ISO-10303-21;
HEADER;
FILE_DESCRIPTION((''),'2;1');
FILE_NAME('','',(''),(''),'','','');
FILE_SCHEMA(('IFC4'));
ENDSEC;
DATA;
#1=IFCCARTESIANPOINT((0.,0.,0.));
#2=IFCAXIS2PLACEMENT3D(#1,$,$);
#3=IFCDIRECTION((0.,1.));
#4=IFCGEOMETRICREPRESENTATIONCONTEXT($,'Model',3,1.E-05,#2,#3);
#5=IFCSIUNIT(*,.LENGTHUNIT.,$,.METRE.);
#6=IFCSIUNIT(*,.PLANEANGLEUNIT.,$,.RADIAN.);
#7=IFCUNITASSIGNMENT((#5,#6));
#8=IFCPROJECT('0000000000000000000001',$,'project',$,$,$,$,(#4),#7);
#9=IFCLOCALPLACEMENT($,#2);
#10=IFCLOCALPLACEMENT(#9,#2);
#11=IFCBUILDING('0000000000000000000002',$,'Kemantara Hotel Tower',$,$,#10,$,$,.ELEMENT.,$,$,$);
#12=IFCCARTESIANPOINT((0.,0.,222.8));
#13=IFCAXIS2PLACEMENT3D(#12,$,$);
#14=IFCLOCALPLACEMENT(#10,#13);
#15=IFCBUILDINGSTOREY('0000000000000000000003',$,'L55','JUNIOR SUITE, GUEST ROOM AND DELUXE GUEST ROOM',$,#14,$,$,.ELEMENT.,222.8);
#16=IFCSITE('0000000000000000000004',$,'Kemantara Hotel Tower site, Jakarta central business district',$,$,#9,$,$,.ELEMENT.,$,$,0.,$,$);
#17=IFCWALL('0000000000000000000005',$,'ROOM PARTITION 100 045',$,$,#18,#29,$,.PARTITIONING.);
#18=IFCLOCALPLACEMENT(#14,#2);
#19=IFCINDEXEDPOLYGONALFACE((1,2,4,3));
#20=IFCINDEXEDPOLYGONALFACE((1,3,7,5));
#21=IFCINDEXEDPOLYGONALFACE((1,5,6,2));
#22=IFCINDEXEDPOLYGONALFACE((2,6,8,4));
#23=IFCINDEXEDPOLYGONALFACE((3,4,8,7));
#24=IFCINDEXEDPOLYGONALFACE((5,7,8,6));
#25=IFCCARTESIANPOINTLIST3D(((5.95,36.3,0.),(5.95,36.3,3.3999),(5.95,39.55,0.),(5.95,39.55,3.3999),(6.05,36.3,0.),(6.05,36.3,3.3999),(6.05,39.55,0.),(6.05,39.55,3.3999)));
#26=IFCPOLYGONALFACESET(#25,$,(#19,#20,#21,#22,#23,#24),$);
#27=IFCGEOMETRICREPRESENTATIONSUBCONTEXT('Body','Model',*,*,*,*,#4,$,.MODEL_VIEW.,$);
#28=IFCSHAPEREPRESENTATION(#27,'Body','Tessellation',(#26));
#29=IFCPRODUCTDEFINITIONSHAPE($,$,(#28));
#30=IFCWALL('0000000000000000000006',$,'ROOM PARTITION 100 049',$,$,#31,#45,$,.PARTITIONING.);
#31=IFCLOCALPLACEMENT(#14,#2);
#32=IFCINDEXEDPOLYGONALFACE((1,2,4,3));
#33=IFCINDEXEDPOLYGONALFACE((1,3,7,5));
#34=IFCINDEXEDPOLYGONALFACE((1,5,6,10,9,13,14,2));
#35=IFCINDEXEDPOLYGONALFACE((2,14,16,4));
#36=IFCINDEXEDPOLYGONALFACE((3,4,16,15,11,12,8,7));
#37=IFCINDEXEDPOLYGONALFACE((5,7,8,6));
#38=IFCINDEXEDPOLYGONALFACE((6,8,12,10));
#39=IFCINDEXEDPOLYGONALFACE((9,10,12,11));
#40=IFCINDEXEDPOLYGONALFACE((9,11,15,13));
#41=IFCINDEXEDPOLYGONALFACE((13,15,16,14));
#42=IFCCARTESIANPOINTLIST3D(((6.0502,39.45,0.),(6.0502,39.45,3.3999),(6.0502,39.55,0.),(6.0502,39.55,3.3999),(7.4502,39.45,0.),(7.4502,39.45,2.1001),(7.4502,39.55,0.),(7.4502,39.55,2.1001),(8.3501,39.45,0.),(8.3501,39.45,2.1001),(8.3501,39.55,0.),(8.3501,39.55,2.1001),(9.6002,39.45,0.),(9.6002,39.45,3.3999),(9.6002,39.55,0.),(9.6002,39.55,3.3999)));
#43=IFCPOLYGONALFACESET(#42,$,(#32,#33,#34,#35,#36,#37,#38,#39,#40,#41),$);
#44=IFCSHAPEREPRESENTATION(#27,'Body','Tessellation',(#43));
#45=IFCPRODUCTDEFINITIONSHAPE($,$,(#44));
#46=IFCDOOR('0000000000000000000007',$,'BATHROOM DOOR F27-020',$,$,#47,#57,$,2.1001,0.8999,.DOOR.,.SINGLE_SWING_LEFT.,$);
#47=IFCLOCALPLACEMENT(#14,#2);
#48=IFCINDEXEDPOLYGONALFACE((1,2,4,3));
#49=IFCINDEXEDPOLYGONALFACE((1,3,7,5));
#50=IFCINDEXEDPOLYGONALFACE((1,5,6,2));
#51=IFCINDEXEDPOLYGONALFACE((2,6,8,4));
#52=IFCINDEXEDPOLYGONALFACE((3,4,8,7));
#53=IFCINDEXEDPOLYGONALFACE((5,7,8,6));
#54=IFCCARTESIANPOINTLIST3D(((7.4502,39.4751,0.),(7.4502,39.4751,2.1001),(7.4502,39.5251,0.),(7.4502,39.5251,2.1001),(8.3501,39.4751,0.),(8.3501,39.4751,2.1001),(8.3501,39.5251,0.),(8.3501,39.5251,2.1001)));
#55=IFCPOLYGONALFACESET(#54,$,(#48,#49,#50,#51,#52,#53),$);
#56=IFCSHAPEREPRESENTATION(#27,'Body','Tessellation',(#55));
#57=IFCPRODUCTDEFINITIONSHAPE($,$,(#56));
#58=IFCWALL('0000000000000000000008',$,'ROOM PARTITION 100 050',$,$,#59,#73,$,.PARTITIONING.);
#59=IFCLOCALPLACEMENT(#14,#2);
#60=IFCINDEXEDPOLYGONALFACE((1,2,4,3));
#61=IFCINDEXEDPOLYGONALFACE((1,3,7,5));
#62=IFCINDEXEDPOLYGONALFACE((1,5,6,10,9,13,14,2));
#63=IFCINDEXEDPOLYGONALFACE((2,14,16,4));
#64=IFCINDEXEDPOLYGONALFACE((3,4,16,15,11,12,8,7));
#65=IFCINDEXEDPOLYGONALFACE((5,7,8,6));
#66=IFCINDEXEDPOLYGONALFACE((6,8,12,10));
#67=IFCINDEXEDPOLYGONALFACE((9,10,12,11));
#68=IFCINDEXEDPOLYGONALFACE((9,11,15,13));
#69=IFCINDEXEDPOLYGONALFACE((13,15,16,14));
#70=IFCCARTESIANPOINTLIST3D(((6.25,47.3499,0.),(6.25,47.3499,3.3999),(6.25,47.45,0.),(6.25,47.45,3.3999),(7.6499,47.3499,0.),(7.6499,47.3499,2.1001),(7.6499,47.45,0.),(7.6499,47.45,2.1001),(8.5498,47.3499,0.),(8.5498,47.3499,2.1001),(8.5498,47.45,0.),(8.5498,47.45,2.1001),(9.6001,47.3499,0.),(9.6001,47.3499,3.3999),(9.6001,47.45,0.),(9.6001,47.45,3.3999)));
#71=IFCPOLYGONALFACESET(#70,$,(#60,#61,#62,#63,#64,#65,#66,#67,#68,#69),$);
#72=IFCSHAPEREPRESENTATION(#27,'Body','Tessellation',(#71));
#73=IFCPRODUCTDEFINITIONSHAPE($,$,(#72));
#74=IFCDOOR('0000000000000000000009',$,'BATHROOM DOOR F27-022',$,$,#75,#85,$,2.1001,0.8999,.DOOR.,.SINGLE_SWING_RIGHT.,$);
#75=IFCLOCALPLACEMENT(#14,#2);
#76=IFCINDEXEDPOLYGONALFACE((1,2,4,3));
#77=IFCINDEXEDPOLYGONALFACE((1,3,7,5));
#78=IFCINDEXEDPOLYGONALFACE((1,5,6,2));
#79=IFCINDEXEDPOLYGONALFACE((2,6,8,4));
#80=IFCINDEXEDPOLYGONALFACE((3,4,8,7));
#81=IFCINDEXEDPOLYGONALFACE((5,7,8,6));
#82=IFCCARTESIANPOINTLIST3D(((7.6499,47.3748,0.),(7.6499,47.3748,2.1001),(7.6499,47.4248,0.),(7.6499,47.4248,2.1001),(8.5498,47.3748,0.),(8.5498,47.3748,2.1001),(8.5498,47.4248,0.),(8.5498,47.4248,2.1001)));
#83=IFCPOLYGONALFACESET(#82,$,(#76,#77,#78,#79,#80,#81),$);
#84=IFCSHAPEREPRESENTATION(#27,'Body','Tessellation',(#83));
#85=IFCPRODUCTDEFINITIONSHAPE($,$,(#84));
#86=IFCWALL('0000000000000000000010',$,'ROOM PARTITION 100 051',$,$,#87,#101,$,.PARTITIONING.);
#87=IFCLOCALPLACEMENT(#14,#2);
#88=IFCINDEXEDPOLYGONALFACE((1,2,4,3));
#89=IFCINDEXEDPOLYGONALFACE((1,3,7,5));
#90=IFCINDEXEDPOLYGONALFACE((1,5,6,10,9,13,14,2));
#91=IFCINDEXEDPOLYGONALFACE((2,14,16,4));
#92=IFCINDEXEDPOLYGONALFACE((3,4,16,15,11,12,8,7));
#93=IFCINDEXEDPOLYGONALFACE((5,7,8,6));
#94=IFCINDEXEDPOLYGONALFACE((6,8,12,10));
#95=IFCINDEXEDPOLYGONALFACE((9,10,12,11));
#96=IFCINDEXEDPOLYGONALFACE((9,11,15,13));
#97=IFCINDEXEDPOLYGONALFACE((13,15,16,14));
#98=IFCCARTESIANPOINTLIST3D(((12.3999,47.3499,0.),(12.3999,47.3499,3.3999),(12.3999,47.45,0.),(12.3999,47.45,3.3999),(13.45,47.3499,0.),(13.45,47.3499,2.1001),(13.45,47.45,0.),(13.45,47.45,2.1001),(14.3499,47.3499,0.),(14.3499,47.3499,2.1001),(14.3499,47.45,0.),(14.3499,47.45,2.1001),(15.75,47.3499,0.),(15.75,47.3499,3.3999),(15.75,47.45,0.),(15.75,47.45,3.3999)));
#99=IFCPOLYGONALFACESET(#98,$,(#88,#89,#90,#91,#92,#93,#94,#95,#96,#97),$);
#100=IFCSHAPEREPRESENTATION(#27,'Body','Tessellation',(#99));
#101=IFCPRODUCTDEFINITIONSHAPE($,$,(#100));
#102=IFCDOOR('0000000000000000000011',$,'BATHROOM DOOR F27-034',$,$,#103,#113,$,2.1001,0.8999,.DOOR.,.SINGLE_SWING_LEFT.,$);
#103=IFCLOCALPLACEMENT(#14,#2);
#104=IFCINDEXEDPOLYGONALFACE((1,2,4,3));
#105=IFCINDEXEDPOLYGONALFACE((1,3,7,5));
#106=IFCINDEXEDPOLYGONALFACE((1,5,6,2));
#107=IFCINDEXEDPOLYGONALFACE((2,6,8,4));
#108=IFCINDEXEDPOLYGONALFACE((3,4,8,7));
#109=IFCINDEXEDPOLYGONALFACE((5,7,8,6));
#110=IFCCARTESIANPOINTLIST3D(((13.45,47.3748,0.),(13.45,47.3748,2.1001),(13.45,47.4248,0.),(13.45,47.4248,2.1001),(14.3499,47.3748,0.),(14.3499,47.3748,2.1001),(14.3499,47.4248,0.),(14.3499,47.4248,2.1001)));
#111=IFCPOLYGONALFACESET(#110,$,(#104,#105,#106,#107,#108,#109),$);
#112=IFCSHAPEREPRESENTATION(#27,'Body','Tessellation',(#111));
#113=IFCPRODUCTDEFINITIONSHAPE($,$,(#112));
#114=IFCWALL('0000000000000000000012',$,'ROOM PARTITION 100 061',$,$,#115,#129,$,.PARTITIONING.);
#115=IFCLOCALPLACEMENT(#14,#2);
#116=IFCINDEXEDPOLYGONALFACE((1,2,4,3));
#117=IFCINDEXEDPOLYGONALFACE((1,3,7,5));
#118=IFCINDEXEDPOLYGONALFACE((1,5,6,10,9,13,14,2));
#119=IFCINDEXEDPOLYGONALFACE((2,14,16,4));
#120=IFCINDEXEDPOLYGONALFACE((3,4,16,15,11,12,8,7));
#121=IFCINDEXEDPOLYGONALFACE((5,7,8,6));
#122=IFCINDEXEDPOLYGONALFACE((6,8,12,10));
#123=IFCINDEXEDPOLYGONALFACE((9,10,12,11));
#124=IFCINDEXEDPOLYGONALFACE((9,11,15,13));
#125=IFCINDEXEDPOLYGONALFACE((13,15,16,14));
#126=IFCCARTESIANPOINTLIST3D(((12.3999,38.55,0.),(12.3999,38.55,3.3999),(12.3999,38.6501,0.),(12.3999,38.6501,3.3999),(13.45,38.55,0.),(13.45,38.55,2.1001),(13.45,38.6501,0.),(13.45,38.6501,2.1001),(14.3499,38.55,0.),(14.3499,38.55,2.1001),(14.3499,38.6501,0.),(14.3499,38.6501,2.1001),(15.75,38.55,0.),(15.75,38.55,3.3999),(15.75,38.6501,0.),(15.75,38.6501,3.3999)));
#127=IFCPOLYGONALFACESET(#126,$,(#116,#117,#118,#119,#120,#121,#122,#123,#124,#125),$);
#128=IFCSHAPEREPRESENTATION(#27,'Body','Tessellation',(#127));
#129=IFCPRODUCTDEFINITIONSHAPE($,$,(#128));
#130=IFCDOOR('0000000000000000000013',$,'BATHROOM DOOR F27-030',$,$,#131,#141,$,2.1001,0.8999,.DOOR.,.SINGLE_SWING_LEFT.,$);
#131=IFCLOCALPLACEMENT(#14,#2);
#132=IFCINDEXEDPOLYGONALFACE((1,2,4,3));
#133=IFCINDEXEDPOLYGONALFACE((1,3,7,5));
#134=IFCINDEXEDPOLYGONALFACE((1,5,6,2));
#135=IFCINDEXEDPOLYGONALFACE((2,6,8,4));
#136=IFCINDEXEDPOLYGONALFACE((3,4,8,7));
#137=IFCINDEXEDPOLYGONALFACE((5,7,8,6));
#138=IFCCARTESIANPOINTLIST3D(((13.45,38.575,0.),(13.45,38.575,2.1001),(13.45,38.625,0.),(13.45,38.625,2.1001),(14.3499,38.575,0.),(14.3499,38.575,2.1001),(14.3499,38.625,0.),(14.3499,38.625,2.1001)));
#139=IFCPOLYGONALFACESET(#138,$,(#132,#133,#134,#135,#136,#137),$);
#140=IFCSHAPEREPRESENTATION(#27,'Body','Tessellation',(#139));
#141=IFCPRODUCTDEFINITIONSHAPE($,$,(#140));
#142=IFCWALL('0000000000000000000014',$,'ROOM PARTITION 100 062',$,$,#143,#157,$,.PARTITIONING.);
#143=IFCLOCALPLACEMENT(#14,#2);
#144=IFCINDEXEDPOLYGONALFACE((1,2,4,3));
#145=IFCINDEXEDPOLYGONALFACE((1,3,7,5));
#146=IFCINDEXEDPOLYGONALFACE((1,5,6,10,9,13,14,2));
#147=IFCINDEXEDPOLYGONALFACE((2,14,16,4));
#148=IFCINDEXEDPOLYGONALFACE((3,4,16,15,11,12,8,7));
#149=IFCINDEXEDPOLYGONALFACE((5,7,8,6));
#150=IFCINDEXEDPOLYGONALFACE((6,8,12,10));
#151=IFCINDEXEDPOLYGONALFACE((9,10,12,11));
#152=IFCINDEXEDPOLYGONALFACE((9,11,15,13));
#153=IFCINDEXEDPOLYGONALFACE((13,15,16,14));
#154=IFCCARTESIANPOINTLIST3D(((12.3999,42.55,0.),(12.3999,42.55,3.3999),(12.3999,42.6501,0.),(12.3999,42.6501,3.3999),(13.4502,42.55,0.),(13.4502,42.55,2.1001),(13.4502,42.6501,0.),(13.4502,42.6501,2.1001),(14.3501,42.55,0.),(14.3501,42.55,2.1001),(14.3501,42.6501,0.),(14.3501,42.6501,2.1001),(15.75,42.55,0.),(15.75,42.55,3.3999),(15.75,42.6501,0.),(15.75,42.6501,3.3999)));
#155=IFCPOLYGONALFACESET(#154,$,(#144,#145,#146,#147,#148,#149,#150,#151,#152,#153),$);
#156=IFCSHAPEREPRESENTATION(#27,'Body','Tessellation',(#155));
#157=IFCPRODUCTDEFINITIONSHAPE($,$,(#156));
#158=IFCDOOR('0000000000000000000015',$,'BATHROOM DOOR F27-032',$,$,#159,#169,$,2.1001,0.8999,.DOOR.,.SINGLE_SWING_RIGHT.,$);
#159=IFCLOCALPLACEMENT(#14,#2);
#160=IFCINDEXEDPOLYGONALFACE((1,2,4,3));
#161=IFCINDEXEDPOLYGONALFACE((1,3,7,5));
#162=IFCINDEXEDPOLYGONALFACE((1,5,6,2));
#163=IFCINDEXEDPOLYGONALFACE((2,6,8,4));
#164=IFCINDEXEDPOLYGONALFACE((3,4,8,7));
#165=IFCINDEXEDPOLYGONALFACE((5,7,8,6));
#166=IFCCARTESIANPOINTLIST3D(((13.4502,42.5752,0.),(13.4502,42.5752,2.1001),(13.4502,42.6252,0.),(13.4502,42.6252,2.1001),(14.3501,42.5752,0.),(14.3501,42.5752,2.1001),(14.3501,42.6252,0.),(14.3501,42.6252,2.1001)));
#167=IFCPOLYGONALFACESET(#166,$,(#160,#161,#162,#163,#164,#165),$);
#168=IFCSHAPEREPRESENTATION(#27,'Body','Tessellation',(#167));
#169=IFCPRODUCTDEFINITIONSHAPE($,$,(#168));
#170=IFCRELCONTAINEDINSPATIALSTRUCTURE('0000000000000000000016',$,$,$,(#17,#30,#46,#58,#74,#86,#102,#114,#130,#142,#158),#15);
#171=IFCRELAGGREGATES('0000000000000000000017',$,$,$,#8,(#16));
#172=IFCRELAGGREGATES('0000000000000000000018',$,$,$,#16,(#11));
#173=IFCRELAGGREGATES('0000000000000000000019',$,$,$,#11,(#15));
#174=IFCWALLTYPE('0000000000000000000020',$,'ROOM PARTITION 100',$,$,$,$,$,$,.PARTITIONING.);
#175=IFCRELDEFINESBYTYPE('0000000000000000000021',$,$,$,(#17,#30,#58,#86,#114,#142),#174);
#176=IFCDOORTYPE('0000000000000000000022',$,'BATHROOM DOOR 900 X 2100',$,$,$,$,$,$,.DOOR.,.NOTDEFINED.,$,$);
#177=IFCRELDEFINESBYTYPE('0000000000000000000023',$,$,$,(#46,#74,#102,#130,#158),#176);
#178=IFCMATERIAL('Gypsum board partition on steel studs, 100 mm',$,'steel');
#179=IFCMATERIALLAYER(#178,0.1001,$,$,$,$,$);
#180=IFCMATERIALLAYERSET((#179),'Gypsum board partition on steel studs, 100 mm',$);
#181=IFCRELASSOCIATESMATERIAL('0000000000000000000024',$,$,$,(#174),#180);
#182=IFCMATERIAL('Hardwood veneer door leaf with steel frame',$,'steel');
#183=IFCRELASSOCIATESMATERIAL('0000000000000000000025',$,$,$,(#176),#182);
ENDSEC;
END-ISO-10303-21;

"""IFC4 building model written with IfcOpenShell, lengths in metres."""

from ifc_helpers import new_model, si_unit, direction, frame, frame_2d, origin, place, context, subcontext, project, spatial, rectangle, extrude, material, layer, layer_set, type_object, element, fill, save


model = new_model("IFC4")

# Units and contexts
model_context = context("Model", 3, precision=1e-05, world=origin(), true_north=direction((0.0, 1.0)))
body_context = subcontext(model_context, "Body", "Model", "MODEL_VIEW")
ifc_project = project(units=[si_unit("LENGTHUNIT", "METRE"), si_unit("PLANEANGLEUNIT", "RADIAN")], contexts=[model_context])

# Site, building, storey
site_placement = place(None, origin())
site = spatial("IfcSite", under=ifc_project, at=site_placement, Name="Kemantara Hotel Tower site, Jakarta central business district", CompositionType="ELEMENT", RefElevation=0.0)
building_placement = place(site_placement, origin())
building = spatial("IfcBuilding", under=site, at=building_placement, Name="Kemantara Hotel Tower", CompositionType="ELEMENT")
storey_placement = place(building_placement, frame((0.0, 0.0, 222.8)))
storey = spatial("IfcBuildingStorey", under=building, at=storey_placement, Name="L55", Description="JUNIOR SUITE, GUEST ROOM AND DELUXE GUEST ROOM", CompositionType="ELEMENT", Elevation=222.8)

# Shared definitions
ifc_material_1 = material(Name="Hardwood veneer door leaf with steel frame", Category="steel")

# Wall
ifc_material_2 = material(Name="Gypsum board partition on steel studs, 100 mm", Category="steel")
ifc_layer_1 = layer(ifc_material_2, 0.1001)
ifc_layer_set_1 = layer_set([ifc_layer_1], Name="Gypsum board partition on steel studs, 100 mm")
wall_type_1 = type_object("IfcWallType", Name="ROOM PARTITION 100", PredefinedType="PARTITIONING", material=ifc_layer_set_1)
wall_1_placement = place(storey_placement, frame((6.0, 36.3, 0.0), z_axis=(0.0, 0.0, 1.0), x_axis=(0.0, 1.0, 0.0)))
element("IfcWall", 1, at=wall_1_placement, inside=storey, type_object=wall_type_1, Name="ROOM PARTITION 100 045", PredefinedType="PARTITIONING", context=body_context, shape_type="SweptSolid", body=[
    extrude(rectangle(XDim=3.25, YDim=0.1001, at=frame_2d((1.625, 0.0))), origin(), (0.0, 0.0, 1.0), 3.3999),
])

# Walls, openings, doors
wall_2_placement = place(storey_placement, frame((9.6001, 39.5, 0.0), z_axis=(0.0, 0.0, 1.0), x_axis=(-1.0, 0.0, 0.0)))
wall_2 = element("IfcWall", 2, at=wall_2_placement, inside=storey, type_object=wall_type_1, Name="ROOM PARTITION 100 049", PredefinedType="PARTITIONING", context=body_context, shape_type="SweptSolid", body=[
    extrude(rectangle(XDim=3.55, YDim=0.1001, at=frame_2d((1.7749, 0.0))), origin(), (0.0, 0.0, 1.0), 3.3999),
])
opening_1_placement = place(wall_2_placement, frame((1.25, 0.0, 0.0)))
opening_1 = element("IfcOpeningElement", 3, at=opening_1_placement, cuts=wall_2, PredefinedType="OPENING", context=body_context, shape_type="SweptSolid", body=[
    extrude(rectangle(XDim=0.8999, YDim=2.1001, at=frame_2d((0.45, 1.05))), frame((0.0, 0.0601, 0.0), z_axis=(0.0, -1.0, 0.0), x_axis=(1.0, 0.0, 0.0)), (0.0, 0.0, 1.0), 0.1201),
])
door_type_1 = type_object("IfcDoorType", Name="BATHROOM DOOR 900 X 2100", OperationType="NOTDEFINED", PredefinedType="DOOR", material=ifc_material_1)
door_1_placement = place(opening_1_placement, origin())
door_1 = element("IfcDoor", 4, at=door_1_placement, inside=storey, type_object=door_type_1, Name="BATHROOM DOOR F27-020", OperationType="SINGLE_SWING_LEFT", OverallHeight=2.1001, OverallWidth=0.8999, PredefinedType="DOOR", context=body_context, shape_type="SweptSolid", body=[
    extrude(rectangle(XDim=0.8999, YDim=2.1001, at=frame_2d((0.45, 1.05))), frame((0.0, 0.0249, 0.0), z_axis=(0.0, -1.0, 0.0), x_axis=(1.0, 0.0, 0.0)), (0.0, 0.0, 1.0), 0.05),
])
fill(opening_1, door_1)
wall_3_placement = place(storey_placement, frame((6.25, 47.3999, 0.0), z_axis=(0.0, 0.0, 1.0), x_axis=(1.0, 0.0, 0.0)))
wall_3 = element("IfcWall", 5, at=wall_3_placement, inside=storey, type_object=wall_type_1, Name="ROOM PARTITION 100 050", PredefinedType="PARTITIONING", context=body_context, shape_type="SweptSolid", body=[
    extrude(rectangle(XDim=3.3501, YDim=0.1001, at=frame_2d((1.675, 0.0))), origin(), (0.0, 0.0, 1.0), 3.3999),
])
opening_2_placement = place(wall_3_placement, frame((1.3999, 0.0, 0.0)))
opening_2 = element("IfcOpeningElement", 6, at=opening_2_placement, cuts=wall_3, PredefinedType="OPENING", context=body_context, shape_type="SweptSolid", body=[
    extrude(rectangle(XDim=0.8999, YDim=2.1001, at=frame_2d((0.45, 1.05))), frame((0.0, 0.0601, 0.0), z_axis=(0.0, -1.0, 0.0), x_axis=(1.0, 0.0, 0.0)), (0.0, 0.0, 1.0), 0.1201),
])
door_2_placement = place(opening_2_placement, origin())
door_2 = element("IfcDoor", 7, at=door_2_placement, inside=storey, type_object=door_type_1, Name="BATHROOM DOOR F27-022", OperationType="SINGLE_SWING_RIGHT", OverallHeight=2.1001, OverallWidth=0.8999, PredefinedType="DOOR", context=body_context, shape_type="SweptSolid", body=[
    extrude(rectangle(XDim=0.8999, YDim=2.1001, at=frame_2d((0.45, 1.05))), frame((0.0, 0.0249, 0.0), z_axis=(0.0, -1.0, 0.0), x_axis=(1.0, 0.0, 0.0)), (0.0, 0.0, 1.0), 0.05),
])
fill(opening_2, door_2)
wall_4_placement = place(storey_placement, frame((12.3999, 47.3999, 0.0), z_axis=(0.0, 0.0, 1.0), x_axis=(1.0, 0.0, 0.0)))
wall_4 = element("IfcWall", 8, at=wall_4_placement, inside=storey, type_object=wall_type_1, Name="ROOM PARTITION 100 051", PredefinedType="PARTITIONING", context=body_context, shape_type="SweptSolid", body=[
    extrude(rectangle(XDim=3.3501, YDim=0.1001, at=frame_2d((1.675, 0.0))), origin(), (0.0, 0.0, 1.0), 3.3999),
])
opening_3_placement = place(wall_4_placement, frame((1.05, 0.0, 0.0)))
opening_3 = element("IfcOpeningElement", 9, at=opening_3_placement, cuts=wall_4, PredefinedType="OPENING", context=body_context, shape_type="SweptSolid", body=[
    extrude(rectangle(XDim=0.8999, YDim=2.1001, at=frame_2d((0.45, 1.05))), frame((0.0, 0.0601, 0.0), z_axis=(0.0, -1.0, 0.0), x_axis=(1.0, 0.0, 0.0)), (0.0, 0.0, 1.0), 0.1201),
])
door_3_placement = place(opening_3_placement, origin())
door_3 = element("IfcDoor", 10, at=door_3_placement, inside=storey, type_object=door_type_1, Name="BATHROOM DOOR F27-034", OperationType="SINGLE_SWING_LEFT", OverallHeight=2.1001, OverallWidth=0.8999, PredefinedType="DOOR", context=body_context, shape_type="SweptSolid", body=[
    extrude(rectangle(XDim=0.8999, YDim=2.1001, at=frame_2d((0.45, 1.05))), frame((0.0, 0.0249, 0.0), z_axis=(0.0, -1.0, 0.0), x_axis=(1.0, 0.0, 0.0)), (0.0, 0.0, 1.0), 0.05),
])
fill(opening_3, door_3)
wall_5_placement = place(storey_placement, frame((12.3999, 38.6001, 0.0), z_axis=(0.0, 0.0, 1.0), x_axis=(1.0, 0.0, 0.0)))
wall_5 = element("IfcWall", 11, at=wall_5_placement, inside=storey, type_object=wall_type_1, Name="ROOM PARTITION 100 061", PredefinedType="PARTITIONING", context=body_context, shape_type="SweptSolid", body=[
    extrude(rectangle(XDim=3.3501, YDim=0.1001, at=frame_2d((1.675, 0.0))), origin(), (0.0, 0.0, 1.0), 3.3999),
])
opening_4_placement = place(wall_5_placement, frame((1.05, 0.0, 0.0)))
opening_4 = element("IfcOpeningElement", 12, at=opening_4_placement, cuts=wall_5, PredefinedType="OPENING", context=body_context, shape_type="SweptSolid", body=[
    extrude(rectangle(XDim=0.8999, YDim=2.1001, at=frame_2d((0.45, 1.05))), frame((0.0, 0.0601, 0.0), z_axis=(0.0, -1.0, 0.0), x_axis=(1.0, 0.0, 0.0)), (0.0, 0.0, 1.0), 0.1201),
])
door_4_placement = place(opening_4_placement, origin())
door_4 = element("IfcDoor", 13, at=door_4_placement, inside=storey, type_object=door_type_1, Name="BATHROOM DOOR F27-030", OperationType="SINGLE_SWING_LEFT", OverallHeight=2.1001, OverallWidth=0.8999, PredefinedType="DOOR", context=body_context, shape_type="SweptSolid", body=[
    extrude(rectangle(XDim=0.8999, YDim=2.1001, at=frame_2d((0.45, 1.05))), frame((0.0, 0.0249, 0.0), z_axis=(0.0, -1.0, 0.0), x_axis=(1.0, 0.0, 0.0)), (0.0, 0.0, 1.0), 0.05),
])
fill(opening_4, door_4)
wall_6_placement = place(storey_placement, frame((15.75, 42.6001, 0.0), z_axis=(0.0, 0.0, 1.0), x_axis=(-1.0, 0.0, 0.0)))
wall_6 = element("IfcWall", 14, at=wall_6_placement, inside=storey, type_object=wall_type_1, Name="ROOM PARTITION 100 062", PredefinedType="PARTITIONING", context=body_context, shape_type="SweptSolid", body=[
    extrude(rectangle(XDim=3.3501, YDim=0.1001, at=frame_2d((1.675, 0.0))), origin(), (0.0, 0.0, 1.0), 3.3999),
])
opening_5_placement = place(wall_6_placement, frame((1.3999, 0.0, 0.0)))
opening_5 = element("IfcOpeningElement", 15, at=opening_5_placement, cuts=wall_6, PredefinedType="OPENING", context=body_context, shape_type="SweptSolid", body=[
    extrude(rectangle(XDim=0.8999, YDim=2.1001, at=frame_2d((0.45, 1.05))), frame((0.0, 0.0601, 0.0), z_axis=(0.0, -1.0, 0.0), x_axis=(1.0, 0.0, 0.0)), (0.0, 0.0, 1.0), 0.1201),
])
door_5_placement = place(opening_5_placement, origin())
door_5 = element("IfcDoor", 16, at=door_5_placement, inside=storey, type_object=door_type_1, Name="BATHROOM DOOR F27-032", OperationType="SINGLE_SWING_RIGHT", OverallHeight=2.1001, OverallWidth=0.8999, PredefinedType="DOOR", context=body_context, shape_type="SweptSolid", body=[
    extrude(rectangle(XDim=0.8999, YDim=2.1001, at=frame_2d((0.45, 1.05))), frame((0.0, 0.0249, 0.0), z_axis=(0.0, -1.0, 0.0), x_axis=(1.0, 0.0, 0.0)), (0.0, 0.0, 1.0), 0.05),
])
fill(opening_5, door_5)

save(model, "model.ifc")
